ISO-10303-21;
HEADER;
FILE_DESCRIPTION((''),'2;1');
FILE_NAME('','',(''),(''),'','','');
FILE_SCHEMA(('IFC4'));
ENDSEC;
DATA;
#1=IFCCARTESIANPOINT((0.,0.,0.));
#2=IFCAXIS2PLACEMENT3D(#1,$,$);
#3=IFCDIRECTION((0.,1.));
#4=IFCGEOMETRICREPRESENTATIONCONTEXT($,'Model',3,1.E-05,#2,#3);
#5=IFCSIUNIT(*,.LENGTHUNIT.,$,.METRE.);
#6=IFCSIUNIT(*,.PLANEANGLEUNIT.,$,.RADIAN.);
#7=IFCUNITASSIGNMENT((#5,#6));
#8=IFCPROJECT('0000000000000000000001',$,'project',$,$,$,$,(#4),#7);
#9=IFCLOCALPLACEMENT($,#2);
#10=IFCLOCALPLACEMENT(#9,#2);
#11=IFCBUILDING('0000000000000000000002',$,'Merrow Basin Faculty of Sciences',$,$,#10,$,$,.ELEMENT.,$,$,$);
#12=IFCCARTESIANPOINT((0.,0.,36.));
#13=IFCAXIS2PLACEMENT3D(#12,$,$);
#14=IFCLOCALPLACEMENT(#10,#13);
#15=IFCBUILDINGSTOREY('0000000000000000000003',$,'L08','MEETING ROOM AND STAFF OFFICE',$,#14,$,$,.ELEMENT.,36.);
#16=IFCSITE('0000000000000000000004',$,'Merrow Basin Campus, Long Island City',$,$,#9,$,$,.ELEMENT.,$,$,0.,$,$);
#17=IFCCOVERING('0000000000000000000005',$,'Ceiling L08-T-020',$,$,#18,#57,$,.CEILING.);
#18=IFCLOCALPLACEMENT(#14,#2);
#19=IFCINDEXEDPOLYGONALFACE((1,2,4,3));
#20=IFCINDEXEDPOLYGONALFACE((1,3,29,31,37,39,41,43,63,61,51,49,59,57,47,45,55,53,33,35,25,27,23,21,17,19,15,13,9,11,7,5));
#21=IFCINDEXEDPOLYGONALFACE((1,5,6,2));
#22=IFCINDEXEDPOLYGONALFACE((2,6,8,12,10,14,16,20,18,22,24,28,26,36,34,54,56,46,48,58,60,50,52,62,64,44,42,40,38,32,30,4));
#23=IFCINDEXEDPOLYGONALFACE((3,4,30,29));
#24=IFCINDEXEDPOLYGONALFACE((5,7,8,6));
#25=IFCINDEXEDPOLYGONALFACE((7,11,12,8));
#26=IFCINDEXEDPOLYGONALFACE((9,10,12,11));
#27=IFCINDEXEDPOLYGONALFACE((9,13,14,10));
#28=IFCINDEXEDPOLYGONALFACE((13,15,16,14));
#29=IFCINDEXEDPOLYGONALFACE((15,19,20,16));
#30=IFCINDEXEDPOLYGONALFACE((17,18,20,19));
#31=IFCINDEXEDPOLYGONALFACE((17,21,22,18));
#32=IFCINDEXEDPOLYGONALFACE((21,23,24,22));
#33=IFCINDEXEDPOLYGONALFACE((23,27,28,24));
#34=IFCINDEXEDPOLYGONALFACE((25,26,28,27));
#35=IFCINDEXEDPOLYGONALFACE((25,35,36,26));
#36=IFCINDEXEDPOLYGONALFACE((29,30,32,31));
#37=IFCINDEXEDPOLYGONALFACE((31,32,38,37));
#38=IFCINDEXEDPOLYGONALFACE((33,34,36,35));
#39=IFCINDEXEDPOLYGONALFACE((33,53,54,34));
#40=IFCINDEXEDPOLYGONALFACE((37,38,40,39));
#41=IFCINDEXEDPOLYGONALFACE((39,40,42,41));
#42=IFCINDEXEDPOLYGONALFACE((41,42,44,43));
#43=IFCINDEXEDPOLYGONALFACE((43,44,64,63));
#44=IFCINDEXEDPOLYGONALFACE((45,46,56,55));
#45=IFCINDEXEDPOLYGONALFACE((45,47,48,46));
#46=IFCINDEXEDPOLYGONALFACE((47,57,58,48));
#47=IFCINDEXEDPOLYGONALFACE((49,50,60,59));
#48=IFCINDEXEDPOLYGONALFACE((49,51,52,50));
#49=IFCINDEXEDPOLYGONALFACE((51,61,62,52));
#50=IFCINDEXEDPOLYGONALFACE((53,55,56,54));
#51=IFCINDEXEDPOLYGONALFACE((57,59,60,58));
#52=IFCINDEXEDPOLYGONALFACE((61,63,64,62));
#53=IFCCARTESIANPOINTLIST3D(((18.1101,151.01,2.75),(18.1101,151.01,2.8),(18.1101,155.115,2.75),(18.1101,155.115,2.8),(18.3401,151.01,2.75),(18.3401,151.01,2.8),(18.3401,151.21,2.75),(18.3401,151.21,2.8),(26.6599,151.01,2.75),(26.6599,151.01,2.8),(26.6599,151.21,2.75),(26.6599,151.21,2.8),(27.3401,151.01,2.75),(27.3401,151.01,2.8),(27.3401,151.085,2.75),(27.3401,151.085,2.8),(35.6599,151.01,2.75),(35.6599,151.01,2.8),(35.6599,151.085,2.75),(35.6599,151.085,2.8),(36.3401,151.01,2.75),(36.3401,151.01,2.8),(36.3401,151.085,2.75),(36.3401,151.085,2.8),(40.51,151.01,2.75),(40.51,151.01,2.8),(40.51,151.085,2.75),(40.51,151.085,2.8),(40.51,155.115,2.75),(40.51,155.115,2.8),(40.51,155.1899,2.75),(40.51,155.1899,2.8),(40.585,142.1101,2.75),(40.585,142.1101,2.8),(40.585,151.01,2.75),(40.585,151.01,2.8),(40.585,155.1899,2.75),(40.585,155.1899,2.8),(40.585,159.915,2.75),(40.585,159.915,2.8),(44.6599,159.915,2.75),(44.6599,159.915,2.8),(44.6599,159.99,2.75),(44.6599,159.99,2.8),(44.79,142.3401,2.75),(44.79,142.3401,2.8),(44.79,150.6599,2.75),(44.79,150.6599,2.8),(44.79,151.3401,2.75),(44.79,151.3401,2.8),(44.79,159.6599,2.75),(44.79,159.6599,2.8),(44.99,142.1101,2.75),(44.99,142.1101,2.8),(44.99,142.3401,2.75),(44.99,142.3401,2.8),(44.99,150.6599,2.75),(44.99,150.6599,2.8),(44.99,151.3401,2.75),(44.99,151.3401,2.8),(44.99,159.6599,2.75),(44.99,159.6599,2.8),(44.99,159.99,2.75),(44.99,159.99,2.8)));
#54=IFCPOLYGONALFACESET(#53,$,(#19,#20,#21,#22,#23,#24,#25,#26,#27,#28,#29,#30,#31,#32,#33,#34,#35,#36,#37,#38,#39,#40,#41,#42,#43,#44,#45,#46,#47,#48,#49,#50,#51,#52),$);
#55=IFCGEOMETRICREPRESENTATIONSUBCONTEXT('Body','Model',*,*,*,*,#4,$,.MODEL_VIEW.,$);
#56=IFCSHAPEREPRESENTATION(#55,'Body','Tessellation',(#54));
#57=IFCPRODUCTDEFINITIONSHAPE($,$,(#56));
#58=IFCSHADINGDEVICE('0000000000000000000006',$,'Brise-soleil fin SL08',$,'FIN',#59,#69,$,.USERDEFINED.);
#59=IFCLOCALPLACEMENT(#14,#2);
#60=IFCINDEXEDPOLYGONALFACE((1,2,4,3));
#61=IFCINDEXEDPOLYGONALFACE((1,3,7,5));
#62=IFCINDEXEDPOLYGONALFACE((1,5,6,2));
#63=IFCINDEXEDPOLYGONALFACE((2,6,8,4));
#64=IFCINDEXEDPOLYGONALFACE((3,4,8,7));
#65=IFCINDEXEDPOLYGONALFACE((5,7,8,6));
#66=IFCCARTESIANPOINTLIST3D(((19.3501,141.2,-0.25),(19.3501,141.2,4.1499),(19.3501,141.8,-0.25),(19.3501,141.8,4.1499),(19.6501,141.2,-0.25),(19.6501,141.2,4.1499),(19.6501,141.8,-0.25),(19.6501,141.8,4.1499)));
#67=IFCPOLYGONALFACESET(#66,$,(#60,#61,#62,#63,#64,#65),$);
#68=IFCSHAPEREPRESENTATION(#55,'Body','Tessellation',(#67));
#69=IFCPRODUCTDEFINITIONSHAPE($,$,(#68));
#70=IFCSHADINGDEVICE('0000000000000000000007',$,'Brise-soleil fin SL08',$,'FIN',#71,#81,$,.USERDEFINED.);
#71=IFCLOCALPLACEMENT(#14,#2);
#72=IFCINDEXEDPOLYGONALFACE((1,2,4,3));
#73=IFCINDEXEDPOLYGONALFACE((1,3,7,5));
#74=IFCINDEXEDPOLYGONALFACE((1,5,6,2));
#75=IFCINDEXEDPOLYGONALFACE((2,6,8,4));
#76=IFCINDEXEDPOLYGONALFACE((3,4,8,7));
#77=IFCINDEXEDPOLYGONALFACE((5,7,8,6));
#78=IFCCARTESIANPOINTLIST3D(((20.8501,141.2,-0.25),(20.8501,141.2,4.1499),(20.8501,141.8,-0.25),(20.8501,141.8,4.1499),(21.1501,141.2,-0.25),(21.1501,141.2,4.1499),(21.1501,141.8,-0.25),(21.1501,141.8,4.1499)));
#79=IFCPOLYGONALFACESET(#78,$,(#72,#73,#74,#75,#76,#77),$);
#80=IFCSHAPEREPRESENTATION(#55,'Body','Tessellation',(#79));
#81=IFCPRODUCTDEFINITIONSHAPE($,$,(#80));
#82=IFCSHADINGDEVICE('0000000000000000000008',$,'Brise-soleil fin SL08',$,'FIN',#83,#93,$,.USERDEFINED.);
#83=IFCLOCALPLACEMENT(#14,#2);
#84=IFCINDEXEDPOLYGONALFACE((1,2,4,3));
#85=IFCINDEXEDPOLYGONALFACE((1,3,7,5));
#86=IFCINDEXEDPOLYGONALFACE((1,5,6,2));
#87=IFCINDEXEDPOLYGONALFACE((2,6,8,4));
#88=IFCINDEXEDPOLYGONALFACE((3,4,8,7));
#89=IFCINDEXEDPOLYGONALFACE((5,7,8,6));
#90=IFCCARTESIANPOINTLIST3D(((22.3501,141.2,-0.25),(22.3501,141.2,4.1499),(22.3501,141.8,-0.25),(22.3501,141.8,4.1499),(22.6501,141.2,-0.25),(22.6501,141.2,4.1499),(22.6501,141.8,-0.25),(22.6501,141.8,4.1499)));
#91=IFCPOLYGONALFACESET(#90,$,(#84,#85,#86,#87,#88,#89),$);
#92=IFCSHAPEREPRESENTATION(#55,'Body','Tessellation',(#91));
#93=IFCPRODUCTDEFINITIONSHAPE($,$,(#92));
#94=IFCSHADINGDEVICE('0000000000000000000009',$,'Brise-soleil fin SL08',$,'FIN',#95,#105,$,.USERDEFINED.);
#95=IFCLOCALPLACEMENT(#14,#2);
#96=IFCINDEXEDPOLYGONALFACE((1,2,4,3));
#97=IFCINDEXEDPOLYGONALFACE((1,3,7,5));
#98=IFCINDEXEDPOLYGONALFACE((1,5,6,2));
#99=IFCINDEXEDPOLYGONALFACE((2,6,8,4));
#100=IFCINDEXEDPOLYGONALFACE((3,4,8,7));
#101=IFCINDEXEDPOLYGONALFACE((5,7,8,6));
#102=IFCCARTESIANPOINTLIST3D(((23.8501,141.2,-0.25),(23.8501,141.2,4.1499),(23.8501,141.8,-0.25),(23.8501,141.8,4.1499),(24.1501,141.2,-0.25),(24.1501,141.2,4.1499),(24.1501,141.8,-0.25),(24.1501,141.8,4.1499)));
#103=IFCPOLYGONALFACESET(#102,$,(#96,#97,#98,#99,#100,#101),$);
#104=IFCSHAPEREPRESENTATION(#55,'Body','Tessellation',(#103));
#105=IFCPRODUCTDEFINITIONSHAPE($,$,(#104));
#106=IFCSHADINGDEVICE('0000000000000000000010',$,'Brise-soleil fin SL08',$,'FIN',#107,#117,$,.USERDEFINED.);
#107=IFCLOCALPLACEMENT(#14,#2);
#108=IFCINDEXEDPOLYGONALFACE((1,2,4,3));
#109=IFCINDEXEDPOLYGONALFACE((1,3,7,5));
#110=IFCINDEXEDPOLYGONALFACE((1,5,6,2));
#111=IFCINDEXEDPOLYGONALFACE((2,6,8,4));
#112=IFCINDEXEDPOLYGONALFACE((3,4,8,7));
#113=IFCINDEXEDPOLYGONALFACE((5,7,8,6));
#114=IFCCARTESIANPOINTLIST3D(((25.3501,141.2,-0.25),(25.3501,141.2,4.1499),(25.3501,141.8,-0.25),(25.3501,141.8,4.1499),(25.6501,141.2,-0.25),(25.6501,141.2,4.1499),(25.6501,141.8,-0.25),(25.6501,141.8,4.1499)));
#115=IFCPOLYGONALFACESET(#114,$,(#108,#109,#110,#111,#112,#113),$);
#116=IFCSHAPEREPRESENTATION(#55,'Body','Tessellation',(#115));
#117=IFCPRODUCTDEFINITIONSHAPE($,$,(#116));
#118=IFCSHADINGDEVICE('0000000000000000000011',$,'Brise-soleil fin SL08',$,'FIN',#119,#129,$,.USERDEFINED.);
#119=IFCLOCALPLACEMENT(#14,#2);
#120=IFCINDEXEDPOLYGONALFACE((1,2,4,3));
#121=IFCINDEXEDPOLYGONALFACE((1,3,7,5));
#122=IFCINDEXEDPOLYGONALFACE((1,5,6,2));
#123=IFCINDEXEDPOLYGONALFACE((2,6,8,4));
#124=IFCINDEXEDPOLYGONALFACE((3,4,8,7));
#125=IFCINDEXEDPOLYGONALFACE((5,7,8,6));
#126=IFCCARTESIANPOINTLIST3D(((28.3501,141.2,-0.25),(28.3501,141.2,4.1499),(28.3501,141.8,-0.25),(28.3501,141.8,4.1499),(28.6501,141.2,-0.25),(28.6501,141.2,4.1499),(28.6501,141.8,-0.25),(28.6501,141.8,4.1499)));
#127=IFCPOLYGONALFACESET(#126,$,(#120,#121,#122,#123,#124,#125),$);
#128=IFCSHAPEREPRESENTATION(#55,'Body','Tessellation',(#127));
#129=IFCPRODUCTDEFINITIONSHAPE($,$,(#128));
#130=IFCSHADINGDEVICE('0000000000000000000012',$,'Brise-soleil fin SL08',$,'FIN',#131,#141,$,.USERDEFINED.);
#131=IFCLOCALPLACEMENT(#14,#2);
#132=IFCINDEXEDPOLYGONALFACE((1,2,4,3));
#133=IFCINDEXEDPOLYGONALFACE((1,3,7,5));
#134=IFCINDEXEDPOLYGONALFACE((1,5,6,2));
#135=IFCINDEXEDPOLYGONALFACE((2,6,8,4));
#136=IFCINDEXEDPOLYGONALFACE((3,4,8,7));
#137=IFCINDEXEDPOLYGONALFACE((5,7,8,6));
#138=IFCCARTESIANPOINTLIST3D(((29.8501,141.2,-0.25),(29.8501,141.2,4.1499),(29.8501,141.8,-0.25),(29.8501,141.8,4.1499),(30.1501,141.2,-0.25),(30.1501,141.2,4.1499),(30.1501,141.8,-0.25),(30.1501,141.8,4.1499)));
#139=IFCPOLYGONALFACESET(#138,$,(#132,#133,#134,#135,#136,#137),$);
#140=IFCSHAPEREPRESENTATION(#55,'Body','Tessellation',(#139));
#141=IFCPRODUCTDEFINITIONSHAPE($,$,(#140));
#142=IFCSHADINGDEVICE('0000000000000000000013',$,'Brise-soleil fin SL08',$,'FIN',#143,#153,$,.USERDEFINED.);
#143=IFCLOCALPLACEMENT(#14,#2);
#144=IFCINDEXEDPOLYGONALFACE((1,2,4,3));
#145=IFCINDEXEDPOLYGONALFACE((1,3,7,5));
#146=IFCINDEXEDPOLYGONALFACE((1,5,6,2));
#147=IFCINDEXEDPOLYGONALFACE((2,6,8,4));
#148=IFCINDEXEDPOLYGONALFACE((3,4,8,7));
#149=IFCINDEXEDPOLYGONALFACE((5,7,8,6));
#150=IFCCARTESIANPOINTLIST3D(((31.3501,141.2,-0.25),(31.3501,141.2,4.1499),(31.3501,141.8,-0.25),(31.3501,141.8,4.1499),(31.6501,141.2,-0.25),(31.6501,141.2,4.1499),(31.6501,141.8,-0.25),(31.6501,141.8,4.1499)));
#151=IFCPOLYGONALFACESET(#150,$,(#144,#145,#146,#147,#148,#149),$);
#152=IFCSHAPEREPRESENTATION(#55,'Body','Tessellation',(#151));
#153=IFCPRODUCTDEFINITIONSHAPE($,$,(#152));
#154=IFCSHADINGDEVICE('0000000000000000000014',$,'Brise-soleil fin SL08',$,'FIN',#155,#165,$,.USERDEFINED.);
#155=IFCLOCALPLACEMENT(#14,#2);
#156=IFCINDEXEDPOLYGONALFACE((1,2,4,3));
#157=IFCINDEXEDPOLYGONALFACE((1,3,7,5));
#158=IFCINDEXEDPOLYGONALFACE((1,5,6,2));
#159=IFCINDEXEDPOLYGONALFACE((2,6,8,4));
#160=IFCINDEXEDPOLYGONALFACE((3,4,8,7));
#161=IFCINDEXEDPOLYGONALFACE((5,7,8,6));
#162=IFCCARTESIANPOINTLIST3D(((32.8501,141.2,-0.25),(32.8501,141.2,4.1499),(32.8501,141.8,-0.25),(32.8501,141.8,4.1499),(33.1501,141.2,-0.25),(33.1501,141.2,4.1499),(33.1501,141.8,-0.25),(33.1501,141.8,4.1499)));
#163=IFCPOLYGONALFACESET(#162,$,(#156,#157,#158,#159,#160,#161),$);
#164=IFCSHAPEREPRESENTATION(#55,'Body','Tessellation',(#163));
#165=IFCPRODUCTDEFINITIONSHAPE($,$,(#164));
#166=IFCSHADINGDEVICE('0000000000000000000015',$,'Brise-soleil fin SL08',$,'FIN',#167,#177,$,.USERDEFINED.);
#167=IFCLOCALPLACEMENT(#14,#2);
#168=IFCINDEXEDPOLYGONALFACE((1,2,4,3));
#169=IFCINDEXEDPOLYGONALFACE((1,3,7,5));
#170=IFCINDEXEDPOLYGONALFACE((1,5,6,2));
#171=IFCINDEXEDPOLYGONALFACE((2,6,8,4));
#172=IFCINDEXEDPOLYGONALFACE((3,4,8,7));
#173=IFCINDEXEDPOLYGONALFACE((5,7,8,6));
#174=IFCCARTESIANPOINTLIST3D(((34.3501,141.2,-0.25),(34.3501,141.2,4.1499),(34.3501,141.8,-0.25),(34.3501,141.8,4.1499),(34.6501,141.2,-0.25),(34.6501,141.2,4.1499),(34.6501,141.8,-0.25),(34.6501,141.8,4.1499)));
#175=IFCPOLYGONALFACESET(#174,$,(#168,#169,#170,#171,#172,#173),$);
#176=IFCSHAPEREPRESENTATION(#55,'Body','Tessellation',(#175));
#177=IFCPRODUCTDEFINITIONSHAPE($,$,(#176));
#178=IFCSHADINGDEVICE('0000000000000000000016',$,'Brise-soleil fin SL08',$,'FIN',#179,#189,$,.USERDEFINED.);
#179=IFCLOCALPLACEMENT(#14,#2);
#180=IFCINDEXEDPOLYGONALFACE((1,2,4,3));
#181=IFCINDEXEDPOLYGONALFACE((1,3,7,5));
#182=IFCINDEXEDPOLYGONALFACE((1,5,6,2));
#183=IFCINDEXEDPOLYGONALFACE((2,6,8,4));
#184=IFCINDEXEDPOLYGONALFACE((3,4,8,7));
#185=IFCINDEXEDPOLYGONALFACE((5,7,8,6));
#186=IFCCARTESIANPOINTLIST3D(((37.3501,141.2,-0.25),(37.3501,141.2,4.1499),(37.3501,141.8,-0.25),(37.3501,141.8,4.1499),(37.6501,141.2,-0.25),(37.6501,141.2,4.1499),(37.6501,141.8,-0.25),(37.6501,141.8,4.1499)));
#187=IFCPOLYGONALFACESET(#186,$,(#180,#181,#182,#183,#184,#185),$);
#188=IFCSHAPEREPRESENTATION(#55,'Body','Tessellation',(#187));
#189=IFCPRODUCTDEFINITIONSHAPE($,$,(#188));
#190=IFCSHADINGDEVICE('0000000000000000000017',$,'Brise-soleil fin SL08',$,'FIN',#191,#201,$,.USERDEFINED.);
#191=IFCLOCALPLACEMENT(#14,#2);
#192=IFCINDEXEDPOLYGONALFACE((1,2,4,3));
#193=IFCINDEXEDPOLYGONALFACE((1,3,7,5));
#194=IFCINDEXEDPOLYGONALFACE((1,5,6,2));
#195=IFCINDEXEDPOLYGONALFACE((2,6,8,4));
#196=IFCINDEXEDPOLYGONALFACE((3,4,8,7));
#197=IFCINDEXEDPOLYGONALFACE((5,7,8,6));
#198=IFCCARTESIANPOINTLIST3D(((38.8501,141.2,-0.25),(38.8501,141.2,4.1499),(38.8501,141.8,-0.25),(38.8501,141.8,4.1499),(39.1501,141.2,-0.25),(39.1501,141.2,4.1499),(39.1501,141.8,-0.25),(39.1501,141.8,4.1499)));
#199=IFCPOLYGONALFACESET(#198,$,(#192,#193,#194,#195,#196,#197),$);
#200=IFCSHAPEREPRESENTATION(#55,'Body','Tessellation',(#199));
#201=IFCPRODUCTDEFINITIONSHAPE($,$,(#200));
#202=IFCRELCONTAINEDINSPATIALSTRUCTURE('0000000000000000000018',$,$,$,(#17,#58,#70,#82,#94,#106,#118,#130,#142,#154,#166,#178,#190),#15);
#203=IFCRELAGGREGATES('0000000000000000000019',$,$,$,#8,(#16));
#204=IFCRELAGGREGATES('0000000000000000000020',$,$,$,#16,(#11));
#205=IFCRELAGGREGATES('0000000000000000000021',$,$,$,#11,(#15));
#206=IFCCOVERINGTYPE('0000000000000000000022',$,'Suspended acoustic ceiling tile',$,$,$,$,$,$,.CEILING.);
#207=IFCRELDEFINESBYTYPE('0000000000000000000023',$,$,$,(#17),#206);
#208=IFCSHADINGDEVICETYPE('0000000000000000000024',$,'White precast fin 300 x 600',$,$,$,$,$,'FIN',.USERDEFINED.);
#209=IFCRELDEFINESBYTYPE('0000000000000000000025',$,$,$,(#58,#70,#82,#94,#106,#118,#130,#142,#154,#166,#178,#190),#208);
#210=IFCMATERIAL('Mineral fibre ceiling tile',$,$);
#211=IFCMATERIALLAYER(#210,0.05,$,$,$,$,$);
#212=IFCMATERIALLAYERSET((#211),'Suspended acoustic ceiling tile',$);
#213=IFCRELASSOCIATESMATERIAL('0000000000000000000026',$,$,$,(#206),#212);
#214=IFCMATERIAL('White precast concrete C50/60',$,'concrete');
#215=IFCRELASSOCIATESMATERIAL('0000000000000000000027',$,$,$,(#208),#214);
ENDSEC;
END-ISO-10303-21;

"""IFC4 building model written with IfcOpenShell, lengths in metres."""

from ifc_helpers import new_model, si_unit, direction, frame, origin, place, context, subcontext, project, spatial, polyline, outline, extrude, source, transform, mapped, material, layer, layer_set, type_object, element, save


model = new_model("IFC4")

# Units and contexts
model_context = context("Model", 3, precision=1e-05, world=origin(), true_north=direction((0.0, 1.0)))
body_context = subcontext(model_context, "Body", "Model", "MODEL_VIEW")
ifc_project = project(units=[si_unit("LENGTHUNIT", "METRE"), si_unit("PLANEANGLEUNIT", "RADIAN")], contexts=[model_context])

# Site, building, storey
site_placement = place(None, origin())
site = spatial("IfcSite", under=ifc_project, at=site_placement, Name="Merrow Basin Campus, Long Island City", CompositionType="ELEMENT", RefElevation=0.0)
building_placement = place(site_placement, origin())
building = spatial("IfcBuilding", under=site, at=building_placement, Name="Merrow Basin Faculty of Sciences", CompositionType="ELEMENT")
storey_placement = place(building_placement, frame((0.0, 0.0, 36.0)))
storey = spatial("IfcBuildingStorey", under=building, at=storey_placement, Name="L08", Description="MEETING ROOM AND STAFF OFFICE", CompositionType="ELEMENT", Elevation=36.0)

# Covering
ifc_material_1 = material(Name="Mineral fibre ceiling tile")
ifc_layer_1 = layer(ifc_material_1, 0.05)
ifc_layer_set_1 = layer_set([ifc_layer_1], Name="Suspended acoustic ceiling tile")
covering_type_1 = type_object("IfcCoveringType", Name="Suspended acoustic ceiling tile", PredefinedType="CEILING", material=ifc_layer_set_1)
covering_1_placement = place(storey_placement, frame((0.0, 0.0, 2.75)))
element("IfcCovering", 1, at=covering_1_placement, inside=storey, type_object=covering_type_1, Name="Ceiling L08-T-020", PredefinedType="CEILING", context=body_context, shape_type="SweptSolid", body=[
    extrude(outline(polyline([(44.99, 159.6599), (44.79, 159.6599), (44.79, 151.3401), (44.99, 151.3401), (44.99, 150.6599), (44.79, 150.6599), (44.79, 142.3401), (44.99, 142.3401), (44.99, 142.1101), (40.585, 142.1101), (40.585, 151.01), (40.51, 151.01), (40.51, 151.085), (36.3401, 151.085), (36.3401, 151.01), (35.6599, 151.01), (35.6599, 151.085), (27.3401, 151.085), (27.3401, 151.01), (26.6599, 151.01), (26.6599, 151.21), (18.3401, 151.21), (18.3401, 151.01), (18.1101, 151.01), (18.1101, 155.115), (40.51, 155.115), (40.51, 155.1899), (40.585, 155.1899), (40.585, 159.915), (44.6599, 159.915), (44.6599, 159.99), (44.99, 159.99), (44.99, 159.6599)])), origin(), (0.0, 0.0, 1.0), 0.05),
])

# Shading devices
ifc_material_2 = material(Name="White precast concrete C50/60", Category="concrete")
shading_device_type = type_object("IfcShadingDeviceType", Name="White precast fin 300 x 600", ElementType="FIN", PredefinedType="USERDEFINED", material=ifc_material_2)
shared_shape = source(origin(), body_context, "Body", "SweptSolid", [
    extrude(outline(polyline([(0.0, 0.0), (0.3, 0.0), (0.3, 4.3999), (0.0, 4.3999), (0.0, 0.0)])), origin(), (0.0, 0.0, 1.0), 0.6001),
])
for number, where, z_axis, x_axis, name in (
    (2, (19.3501, 141.8, -0.25), (0.0, -1.0, 0.0), (1.0, 0.0, 0.0), "Brise-soleil fin SL08"),
    (3, (20.8501, 141.8, -0.25), (0.0, -1.0, 0.0), (1.0, 0.0, 0.0), "Brise-soleil fin SL08"),
    (4, (22.3501, 141.8, -0.25), (0.0, -1.0, 0.0), (1.0, 0.0, 0.0), "Brise-soleil fin SL08"),
    (5, (23.8501, 141.8, -0.25), (0.0, -1.0, 0.0), (1.0, 0.0, 0.0), "Brise-soleil fin SL08"),
    (6, (25.3501, 141.8, -0.25), (0.0, -1.0, 0.0), (1.0, 0.0, 0.0), "Brise-soleil fin SL08"),
    (7, (28.3501, 141.8, -0.25), (0.0, -1.0, 0.0), (1.0, 0.0, 0.0), "Brise-soleil fin SL08"),
    (8, (29.8501, 141.8, -0.25), (0.0, -1.0, 0.0), (1.0, 0.0, 0.0), "Brise-soleil fin SL08"),
    (9, (31.3501, 141.8, -0.25), (0.0, -1.0, 0.0), (1.0, 0.0, 0.0), "Brise-soleil fin SL08"),
    (10, (32.8501, 141.8, -0.25), (0.0, -1.0, 0.0), (1.0, 0.0, 0.0), "Brise-soleil fin SL08"),
    (11, (34.3501, 141.8, -0.25), (0.0, -1.0, 0.0), (1.0, 0.0, 0.0), "Brise-soleil fin SL08"),
    (12, (37.3501, 141.8, -0.25), (0.0, -1.0, 0.0), (1.0, 0.0, 0.0), "Brise-soleil fin SL08"),
    (13, (38.8501, 141.8, -0.25), (0.0, -1.0, 0.0), (1.0, 0.0, 0.0), "Brise-soleil fin SL08"),
):
    element("IfcShadingDevice", number, at=place(storey_placement, frame(where, z_axis=z_axis, x_axis=x_axis)), inside=storey, type_object=shading_device_type, Name=name, ObjectType="FIN", PredefinedType="USERDEFINED", context=body_context, shape_type="MappedRepresentation", body=[
        mapped(shared_shape, transform((0.0, 0.0, 0.0), scale=1.0)),
    ])

save(model, "model.ifc")
